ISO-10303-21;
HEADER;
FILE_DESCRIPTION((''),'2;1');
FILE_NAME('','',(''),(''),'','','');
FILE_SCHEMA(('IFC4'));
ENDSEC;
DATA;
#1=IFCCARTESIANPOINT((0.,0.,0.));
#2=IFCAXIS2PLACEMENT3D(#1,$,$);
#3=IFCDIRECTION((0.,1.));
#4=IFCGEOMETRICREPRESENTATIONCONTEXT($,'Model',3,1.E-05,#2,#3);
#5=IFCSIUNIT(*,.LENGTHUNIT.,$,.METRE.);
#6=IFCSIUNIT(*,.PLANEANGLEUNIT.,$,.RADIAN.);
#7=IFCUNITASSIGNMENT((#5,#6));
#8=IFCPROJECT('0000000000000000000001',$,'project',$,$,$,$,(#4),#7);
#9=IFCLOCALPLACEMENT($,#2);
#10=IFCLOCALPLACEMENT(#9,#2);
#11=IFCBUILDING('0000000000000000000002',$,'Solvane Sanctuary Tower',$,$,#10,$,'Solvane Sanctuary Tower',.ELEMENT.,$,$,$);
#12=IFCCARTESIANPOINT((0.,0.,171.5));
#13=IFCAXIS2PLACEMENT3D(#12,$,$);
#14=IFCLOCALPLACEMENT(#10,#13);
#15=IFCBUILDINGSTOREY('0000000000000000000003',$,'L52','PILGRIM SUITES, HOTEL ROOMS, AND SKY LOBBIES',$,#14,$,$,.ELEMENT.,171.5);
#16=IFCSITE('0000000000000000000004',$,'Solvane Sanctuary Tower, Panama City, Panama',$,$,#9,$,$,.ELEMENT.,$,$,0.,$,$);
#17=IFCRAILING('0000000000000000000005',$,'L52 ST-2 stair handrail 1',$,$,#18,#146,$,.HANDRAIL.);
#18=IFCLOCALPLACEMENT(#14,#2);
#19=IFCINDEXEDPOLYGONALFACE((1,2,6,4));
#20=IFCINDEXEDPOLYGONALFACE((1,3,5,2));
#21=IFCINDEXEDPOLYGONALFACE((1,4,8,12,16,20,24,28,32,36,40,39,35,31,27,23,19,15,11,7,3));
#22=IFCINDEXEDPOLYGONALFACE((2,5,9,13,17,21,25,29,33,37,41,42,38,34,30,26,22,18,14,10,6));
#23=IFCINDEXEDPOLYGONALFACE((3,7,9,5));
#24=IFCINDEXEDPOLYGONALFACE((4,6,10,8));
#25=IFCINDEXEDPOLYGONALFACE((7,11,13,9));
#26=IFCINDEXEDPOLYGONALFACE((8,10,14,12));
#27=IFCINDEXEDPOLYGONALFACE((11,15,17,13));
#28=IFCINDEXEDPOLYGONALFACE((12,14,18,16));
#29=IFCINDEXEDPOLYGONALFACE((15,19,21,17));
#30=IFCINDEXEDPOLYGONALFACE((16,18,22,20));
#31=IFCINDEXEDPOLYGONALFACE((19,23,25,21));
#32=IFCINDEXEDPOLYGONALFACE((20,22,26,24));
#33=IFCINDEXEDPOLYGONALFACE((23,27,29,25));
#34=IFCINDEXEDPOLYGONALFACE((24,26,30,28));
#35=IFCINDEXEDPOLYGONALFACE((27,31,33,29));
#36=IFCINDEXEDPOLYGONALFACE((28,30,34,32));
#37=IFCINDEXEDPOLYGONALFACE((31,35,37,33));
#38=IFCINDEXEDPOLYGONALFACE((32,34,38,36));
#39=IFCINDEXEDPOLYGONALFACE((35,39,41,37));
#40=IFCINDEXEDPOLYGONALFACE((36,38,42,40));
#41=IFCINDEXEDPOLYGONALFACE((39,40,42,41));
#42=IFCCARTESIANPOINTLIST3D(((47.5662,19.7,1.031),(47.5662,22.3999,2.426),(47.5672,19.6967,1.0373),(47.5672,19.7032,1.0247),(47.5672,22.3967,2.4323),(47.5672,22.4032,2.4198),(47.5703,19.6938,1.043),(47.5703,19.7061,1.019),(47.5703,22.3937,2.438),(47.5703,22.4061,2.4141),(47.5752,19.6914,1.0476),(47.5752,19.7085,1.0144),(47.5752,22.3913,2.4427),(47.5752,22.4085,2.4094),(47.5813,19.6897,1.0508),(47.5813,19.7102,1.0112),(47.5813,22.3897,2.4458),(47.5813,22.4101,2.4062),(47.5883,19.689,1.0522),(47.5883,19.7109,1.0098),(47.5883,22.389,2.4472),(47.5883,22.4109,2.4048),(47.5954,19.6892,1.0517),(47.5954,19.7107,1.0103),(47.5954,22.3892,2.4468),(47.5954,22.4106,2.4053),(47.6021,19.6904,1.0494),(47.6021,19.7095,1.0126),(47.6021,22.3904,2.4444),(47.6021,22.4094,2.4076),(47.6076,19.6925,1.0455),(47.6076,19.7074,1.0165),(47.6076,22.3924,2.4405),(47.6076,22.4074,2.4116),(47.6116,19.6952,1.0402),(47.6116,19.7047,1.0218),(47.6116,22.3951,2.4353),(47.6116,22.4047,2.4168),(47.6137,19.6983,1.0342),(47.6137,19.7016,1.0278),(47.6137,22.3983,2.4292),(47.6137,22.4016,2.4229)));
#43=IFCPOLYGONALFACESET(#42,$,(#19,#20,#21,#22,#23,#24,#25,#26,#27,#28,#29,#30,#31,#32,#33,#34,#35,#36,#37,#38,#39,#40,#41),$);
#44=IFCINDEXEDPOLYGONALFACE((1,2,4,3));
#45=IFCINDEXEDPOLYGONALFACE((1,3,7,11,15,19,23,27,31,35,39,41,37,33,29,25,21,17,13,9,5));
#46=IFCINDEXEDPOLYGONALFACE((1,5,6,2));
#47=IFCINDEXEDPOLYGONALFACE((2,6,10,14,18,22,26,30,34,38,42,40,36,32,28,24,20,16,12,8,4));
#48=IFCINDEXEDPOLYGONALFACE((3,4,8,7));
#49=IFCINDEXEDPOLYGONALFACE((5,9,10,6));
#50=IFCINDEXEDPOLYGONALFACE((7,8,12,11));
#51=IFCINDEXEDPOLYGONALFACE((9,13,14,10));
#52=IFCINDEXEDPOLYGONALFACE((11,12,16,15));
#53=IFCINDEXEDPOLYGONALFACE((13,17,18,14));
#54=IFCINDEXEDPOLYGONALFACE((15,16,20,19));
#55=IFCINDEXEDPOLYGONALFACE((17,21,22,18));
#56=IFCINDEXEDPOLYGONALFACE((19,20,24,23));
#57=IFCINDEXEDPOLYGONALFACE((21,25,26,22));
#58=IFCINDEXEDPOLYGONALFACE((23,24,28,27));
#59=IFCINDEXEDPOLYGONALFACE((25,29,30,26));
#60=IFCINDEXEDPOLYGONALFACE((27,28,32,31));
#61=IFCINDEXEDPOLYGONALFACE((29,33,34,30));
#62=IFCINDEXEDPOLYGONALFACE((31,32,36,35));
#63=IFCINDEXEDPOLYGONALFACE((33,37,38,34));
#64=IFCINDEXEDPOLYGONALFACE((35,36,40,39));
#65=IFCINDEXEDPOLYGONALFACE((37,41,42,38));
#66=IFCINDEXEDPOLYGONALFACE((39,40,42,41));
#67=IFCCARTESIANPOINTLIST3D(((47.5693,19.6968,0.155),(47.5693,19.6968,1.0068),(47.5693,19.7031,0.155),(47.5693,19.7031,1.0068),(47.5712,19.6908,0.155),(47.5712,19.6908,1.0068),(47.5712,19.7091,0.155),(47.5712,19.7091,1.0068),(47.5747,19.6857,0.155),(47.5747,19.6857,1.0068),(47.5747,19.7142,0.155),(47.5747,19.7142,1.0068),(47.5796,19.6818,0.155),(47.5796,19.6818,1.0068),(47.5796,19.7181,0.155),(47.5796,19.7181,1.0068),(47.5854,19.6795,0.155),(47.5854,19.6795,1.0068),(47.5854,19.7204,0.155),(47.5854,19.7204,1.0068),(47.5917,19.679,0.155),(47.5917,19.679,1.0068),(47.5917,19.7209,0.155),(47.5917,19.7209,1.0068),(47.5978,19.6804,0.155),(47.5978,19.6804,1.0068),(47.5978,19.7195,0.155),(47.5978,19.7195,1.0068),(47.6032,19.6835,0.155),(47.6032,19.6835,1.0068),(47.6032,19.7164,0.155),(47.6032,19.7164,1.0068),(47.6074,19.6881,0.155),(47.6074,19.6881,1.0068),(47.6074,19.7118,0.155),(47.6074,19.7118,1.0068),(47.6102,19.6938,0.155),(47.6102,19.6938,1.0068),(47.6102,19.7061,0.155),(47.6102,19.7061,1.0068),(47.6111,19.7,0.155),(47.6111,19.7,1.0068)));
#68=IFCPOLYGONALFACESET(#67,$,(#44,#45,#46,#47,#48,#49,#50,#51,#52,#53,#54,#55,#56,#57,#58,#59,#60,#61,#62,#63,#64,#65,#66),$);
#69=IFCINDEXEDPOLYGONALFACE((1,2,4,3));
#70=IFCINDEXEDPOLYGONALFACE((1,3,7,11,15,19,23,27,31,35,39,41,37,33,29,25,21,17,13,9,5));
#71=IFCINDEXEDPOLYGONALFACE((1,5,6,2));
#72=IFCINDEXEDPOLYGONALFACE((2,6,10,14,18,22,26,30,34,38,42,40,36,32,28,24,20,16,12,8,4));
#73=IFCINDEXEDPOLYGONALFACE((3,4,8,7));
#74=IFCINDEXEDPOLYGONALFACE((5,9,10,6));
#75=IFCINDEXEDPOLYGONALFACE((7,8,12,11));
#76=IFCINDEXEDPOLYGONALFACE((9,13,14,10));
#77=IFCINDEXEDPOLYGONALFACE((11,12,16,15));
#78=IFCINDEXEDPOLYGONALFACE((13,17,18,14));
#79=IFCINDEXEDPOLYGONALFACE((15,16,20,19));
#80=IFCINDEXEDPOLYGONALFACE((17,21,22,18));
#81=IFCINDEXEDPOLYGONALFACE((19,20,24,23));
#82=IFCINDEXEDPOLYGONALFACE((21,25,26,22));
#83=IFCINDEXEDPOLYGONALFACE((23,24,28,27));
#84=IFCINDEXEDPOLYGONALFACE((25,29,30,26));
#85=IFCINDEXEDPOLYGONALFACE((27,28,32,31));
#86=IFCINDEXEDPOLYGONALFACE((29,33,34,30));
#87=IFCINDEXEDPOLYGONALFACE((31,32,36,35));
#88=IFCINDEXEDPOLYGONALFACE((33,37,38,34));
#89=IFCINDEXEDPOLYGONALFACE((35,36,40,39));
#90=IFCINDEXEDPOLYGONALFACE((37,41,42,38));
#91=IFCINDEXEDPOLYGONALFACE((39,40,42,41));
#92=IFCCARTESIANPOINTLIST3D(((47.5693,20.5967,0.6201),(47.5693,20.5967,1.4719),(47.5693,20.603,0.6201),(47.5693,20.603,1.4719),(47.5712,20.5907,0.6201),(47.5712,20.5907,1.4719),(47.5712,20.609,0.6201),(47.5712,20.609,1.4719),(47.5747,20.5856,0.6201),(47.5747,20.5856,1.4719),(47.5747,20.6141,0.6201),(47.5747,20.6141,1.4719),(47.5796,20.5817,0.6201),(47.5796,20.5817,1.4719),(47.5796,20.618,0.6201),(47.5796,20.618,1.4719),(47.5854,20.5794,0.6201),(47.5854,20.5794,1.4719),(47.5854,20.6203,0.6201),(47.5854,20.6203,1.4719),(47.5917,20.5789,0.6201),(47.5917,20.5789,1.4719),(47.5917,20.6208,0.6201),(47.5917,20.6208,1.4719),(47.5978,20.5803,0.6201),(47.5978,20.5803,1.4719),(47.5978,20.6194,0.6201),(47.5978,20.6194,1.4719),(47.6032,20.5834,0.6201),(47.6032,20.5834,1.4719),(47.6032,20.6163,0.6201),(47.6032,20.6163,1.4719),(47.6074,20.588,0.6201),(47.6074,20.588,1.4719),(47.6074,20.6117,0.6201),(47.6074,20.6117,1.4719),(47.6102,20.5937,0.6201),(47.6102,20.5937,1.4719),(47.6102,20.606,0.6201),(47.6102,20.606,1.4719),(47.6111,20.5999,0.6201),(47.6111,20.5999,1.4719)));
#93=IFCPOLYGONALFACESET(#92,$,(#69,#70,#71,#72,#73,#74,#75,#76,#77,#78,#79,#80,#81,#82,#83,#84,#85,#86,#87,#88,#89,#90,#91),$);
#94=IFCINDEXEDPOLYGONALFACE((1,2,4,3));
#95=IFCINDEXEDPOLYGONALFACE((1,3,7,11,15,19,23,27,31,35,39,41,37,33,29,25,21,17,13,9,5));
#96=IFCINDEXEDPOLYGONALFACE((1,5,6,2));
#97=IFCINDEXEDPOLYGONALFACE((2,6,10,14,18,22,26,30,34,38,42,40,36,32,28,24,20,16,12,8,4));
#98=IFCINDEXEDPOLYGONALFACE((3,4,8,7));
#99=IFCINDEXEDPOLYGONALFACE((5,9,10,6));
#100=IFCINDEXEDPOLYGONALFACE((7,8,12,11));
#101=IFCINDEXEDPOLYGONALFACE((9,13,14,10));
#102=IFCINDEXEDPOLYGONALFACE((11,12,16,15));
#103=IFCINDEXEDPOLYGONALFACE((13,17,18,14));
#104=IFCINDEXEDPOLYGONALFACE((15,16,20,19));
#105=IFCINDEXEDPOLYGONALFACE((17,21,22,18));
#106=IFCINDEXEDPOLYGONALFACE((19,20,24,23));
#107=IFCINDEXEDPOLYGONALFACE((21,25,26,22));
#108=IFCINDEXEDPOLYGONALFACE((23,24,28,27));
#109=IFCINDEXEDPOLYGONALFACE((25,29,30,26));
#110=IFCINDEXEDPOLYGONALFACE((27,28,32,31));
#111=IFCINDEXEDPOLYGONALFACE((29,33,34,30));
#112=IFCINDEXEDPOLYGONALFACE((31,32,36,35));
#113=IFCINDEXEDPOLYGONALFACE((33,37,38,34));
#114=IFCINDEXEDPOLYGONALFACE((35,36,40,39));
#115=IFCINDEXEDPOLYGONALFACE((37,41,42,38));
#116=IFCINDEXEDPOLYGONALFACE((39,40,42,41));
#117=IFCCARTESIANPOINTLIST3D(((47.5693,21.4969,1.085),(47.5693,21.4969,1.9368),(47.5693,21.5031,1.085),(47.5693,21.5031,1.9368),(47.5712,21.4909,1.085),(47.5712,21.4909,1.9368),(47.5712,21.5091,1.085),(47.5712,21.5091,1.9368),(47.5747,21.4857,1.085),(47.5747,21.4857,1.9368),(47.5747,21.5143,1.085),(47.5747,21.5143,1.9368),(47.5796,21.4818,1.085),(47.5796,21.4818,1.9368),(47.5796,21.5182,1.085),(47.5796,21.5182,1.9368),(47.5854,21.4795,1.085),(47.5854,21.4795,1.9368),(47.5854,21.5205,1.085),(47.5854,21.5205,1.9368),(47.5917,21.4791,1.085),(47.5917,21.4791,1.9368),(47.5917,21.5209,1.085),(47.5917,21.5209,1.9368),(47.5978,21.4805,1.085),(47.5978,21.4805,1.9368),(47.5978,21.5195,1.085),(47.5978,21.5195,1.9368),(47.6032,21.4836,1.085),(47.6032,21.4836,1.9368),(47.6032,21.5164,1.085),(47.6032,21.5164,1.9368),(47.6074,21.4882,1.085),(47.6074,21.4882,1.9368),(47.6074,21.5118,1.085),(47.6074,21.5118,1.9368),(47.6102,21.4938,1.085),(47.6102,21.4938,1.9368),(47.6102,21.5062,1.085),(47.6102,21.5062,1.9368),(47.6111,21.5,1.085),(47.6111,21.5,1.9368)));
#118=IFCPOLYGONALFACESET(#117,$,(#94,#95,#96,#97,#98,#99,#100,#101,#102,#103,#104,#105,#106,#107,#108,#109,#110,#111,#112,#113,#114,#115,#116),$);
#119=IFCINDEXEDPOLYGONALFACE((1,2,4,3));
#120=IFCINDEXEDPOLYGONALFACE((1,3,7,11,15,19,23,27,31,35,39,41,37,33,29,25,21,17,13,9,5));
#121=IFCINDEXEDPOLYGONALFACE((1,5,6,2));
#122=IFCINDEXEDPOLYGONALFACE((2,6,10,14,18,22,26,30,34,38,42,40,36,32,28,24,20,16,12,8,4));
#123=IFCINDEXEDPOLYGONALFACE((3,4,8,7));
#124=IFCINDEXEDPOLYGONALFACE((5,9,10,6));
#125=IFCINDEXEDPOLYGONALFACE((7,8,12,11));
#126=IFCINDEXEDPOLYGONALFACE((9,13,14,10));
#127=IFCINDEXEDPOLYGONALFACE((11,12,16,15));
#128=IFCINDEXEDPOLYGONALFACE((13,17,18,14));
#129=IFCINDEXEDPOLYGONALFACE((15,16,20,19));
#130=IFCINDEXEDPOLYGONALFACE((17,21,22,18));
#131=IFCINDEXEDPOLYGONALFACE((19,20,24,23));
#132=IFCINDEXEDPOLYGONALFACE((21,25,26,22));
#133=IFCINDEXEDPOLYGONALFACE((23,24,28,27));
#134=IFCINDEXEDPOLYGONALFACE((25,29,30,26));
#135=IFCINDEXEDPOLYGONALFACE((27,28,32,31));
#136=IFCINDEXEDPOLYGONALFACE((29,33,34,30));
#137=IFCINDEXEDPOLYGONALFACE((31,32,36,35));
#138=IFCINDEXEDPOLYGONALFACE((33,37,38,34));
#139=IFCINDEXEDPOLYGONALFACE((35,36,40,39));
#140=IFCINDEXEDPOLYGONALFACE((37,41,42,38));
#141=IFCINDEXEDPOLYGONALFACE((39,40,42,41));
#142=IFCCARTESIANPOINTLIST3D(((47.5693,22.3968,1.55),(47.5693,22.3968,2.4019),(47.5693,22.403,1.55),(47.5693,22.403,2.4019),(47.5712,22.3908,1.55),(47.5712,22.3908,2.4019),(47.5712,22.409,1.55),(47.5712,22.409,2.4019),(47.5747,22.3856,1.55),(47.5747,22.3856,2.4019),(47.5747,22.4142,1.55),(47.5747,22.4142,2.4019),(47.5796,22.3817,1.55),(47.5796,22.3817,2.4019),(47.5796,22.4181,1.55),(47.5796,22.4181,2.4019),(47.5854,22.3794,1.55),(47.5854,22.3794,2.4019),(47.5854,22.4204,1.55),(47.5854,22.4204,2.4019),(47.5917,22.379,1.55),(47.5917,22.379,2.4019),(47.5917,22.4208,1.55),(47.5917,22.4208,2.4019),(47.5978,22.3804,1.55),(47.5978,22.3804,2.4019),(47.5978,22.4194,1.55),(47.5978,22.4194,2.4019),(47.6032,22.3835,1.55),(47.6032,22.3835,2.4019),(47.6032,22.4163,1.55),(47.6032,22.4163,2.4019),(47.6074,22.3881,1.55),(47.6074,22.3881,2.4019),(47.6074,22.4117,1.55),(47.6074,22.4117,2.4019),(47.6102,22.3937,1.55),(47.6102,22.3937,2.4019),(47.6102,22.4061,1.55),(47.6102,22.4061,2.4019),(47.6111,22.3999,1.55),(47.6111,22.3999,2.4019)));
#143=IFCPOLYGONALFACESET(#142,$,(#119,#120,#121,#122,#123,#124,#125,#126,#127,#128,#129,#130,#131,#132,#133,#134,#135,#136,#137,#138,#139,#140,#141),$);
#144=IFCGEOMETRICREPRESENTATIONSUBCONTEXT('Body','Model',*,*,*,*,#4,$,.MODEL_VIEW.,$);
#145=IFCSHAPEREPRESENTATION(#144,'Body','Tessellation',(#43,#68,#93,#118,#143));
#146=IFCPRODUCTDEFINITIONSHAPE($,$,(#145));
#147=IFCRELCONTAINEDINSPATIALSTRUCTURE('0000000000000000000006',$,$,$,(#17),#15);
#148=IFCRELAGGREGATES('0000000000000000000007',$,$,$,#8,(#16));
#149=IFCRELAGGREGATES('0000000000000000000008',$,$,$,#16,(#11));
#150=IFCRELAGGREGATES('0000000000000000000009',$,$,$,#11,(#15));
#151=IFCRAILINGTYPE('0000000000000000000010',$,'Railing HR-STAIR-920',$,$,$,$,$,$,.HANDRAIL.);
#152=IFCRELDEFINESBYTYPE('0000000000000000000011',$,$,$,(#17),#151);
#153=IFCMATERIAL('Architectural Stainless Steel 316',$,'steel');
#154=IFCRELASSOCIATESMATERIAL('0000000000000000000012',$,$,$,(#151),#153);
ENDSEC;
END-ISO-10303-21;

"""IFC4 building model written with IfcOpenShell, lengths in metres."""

from ifc_helpers import new_model, si_unit, direction, frame, origin, origin_2d, place, context, subcontext, project, spatial, circle, extrude, material, type_object, element, save


model = new_model("IFC4")

# Units and contexts
model_context = context("Model", 3, precision=1e-05, world=origin(), true_north=direction((0.0, 1.0)))
body_context = subcontext(model_context, "Body", "Model", "MODEL_VIEW")
ifc_project = project(units=[si_unit("LENGTHUNIT", "METRE"), si_unit("PLANEANGLEUNIT", "RADIAN")], contexts=[model_context])

# Site, building, storey
site_placement = place(None, origin())
site = spatial("IfcSite", under=ifc_project, at=site_placement, Name="Solvane Sanctuary Tower, Panama City, Panama", CompositionType="ELEMENT", RefElevation=0.0)
building_placement = place(site_placement, origin())
building = spatial("IfcBuilding", under=site, at=building_placement, Name="Solvane Sanctuary Tower", LongName="Solvane Sanctuary Tower", CompositionType="ELEMENT")
storey_placement = place(building_placement, frame((0.0, 0.0, 171.5)))
storey = spatial("IfcBuildingStorey", under=building, at=storey_placement, Name="L52", Description="PILGRIM SUITES, HOTEL ROOMS, AND SKY LOBBIES", CompositionType="ELEMENT", Elevation=171.5)

# Shared definitions
ifc_material_1 = material(Name="Architectural Stainless Steel 316", Category="steel")

# Railing
railing_type_1 = type_object("IfcRailingType", Name="Railing HR-STAIR-920", PredefinedType="HANDRAIL", material=ifc_material_1)
railing_1_placement = place(storey_placement, frame((47.5901, 19.7, 0.155)))
element("IfcRailing", 1, at=railing_1_placement, inside=storey, type_object=railing_type_1, Name="L52 ST-2 stair handrail 1", PredefinedType="HANDRAIL", context=body_context, shape_type="SweptSolid", body=[
    extrude(circle(Radius=0.0239, at=origin_2d()), frame((0.0, 0.0, 0.876), z_axis=(0.0, 0.88842, 0.459032), x_axis=(-1.0, 0.0, 0.0)), (0.0, 0.0, 1.0), 3.0391),
    extrude(circle(Radius=0.021, at=origin_2d()), origin(), (0.0, 0.0, 1.0), 0.8518),
    extrude(circle(Radius=0.021, at=origin_2d()), frame((0.0, 0.8999, 0.4651)), (0.0, 0.0, 1.0), 0.8518),
    extrude(circle(Radius=0.021, at=origin_2d()), frame((0.0, 1.8, 0.9299)), (0.0, 0.0, 1.0), 0.8518),
    extrude(circle(Radius=0.021, at=origin_2d()), frame((0.0, 2.7, 1.395)), (0.0, 0.0, 1.0), 0.8518),
])

save(model, "model.ifc")
